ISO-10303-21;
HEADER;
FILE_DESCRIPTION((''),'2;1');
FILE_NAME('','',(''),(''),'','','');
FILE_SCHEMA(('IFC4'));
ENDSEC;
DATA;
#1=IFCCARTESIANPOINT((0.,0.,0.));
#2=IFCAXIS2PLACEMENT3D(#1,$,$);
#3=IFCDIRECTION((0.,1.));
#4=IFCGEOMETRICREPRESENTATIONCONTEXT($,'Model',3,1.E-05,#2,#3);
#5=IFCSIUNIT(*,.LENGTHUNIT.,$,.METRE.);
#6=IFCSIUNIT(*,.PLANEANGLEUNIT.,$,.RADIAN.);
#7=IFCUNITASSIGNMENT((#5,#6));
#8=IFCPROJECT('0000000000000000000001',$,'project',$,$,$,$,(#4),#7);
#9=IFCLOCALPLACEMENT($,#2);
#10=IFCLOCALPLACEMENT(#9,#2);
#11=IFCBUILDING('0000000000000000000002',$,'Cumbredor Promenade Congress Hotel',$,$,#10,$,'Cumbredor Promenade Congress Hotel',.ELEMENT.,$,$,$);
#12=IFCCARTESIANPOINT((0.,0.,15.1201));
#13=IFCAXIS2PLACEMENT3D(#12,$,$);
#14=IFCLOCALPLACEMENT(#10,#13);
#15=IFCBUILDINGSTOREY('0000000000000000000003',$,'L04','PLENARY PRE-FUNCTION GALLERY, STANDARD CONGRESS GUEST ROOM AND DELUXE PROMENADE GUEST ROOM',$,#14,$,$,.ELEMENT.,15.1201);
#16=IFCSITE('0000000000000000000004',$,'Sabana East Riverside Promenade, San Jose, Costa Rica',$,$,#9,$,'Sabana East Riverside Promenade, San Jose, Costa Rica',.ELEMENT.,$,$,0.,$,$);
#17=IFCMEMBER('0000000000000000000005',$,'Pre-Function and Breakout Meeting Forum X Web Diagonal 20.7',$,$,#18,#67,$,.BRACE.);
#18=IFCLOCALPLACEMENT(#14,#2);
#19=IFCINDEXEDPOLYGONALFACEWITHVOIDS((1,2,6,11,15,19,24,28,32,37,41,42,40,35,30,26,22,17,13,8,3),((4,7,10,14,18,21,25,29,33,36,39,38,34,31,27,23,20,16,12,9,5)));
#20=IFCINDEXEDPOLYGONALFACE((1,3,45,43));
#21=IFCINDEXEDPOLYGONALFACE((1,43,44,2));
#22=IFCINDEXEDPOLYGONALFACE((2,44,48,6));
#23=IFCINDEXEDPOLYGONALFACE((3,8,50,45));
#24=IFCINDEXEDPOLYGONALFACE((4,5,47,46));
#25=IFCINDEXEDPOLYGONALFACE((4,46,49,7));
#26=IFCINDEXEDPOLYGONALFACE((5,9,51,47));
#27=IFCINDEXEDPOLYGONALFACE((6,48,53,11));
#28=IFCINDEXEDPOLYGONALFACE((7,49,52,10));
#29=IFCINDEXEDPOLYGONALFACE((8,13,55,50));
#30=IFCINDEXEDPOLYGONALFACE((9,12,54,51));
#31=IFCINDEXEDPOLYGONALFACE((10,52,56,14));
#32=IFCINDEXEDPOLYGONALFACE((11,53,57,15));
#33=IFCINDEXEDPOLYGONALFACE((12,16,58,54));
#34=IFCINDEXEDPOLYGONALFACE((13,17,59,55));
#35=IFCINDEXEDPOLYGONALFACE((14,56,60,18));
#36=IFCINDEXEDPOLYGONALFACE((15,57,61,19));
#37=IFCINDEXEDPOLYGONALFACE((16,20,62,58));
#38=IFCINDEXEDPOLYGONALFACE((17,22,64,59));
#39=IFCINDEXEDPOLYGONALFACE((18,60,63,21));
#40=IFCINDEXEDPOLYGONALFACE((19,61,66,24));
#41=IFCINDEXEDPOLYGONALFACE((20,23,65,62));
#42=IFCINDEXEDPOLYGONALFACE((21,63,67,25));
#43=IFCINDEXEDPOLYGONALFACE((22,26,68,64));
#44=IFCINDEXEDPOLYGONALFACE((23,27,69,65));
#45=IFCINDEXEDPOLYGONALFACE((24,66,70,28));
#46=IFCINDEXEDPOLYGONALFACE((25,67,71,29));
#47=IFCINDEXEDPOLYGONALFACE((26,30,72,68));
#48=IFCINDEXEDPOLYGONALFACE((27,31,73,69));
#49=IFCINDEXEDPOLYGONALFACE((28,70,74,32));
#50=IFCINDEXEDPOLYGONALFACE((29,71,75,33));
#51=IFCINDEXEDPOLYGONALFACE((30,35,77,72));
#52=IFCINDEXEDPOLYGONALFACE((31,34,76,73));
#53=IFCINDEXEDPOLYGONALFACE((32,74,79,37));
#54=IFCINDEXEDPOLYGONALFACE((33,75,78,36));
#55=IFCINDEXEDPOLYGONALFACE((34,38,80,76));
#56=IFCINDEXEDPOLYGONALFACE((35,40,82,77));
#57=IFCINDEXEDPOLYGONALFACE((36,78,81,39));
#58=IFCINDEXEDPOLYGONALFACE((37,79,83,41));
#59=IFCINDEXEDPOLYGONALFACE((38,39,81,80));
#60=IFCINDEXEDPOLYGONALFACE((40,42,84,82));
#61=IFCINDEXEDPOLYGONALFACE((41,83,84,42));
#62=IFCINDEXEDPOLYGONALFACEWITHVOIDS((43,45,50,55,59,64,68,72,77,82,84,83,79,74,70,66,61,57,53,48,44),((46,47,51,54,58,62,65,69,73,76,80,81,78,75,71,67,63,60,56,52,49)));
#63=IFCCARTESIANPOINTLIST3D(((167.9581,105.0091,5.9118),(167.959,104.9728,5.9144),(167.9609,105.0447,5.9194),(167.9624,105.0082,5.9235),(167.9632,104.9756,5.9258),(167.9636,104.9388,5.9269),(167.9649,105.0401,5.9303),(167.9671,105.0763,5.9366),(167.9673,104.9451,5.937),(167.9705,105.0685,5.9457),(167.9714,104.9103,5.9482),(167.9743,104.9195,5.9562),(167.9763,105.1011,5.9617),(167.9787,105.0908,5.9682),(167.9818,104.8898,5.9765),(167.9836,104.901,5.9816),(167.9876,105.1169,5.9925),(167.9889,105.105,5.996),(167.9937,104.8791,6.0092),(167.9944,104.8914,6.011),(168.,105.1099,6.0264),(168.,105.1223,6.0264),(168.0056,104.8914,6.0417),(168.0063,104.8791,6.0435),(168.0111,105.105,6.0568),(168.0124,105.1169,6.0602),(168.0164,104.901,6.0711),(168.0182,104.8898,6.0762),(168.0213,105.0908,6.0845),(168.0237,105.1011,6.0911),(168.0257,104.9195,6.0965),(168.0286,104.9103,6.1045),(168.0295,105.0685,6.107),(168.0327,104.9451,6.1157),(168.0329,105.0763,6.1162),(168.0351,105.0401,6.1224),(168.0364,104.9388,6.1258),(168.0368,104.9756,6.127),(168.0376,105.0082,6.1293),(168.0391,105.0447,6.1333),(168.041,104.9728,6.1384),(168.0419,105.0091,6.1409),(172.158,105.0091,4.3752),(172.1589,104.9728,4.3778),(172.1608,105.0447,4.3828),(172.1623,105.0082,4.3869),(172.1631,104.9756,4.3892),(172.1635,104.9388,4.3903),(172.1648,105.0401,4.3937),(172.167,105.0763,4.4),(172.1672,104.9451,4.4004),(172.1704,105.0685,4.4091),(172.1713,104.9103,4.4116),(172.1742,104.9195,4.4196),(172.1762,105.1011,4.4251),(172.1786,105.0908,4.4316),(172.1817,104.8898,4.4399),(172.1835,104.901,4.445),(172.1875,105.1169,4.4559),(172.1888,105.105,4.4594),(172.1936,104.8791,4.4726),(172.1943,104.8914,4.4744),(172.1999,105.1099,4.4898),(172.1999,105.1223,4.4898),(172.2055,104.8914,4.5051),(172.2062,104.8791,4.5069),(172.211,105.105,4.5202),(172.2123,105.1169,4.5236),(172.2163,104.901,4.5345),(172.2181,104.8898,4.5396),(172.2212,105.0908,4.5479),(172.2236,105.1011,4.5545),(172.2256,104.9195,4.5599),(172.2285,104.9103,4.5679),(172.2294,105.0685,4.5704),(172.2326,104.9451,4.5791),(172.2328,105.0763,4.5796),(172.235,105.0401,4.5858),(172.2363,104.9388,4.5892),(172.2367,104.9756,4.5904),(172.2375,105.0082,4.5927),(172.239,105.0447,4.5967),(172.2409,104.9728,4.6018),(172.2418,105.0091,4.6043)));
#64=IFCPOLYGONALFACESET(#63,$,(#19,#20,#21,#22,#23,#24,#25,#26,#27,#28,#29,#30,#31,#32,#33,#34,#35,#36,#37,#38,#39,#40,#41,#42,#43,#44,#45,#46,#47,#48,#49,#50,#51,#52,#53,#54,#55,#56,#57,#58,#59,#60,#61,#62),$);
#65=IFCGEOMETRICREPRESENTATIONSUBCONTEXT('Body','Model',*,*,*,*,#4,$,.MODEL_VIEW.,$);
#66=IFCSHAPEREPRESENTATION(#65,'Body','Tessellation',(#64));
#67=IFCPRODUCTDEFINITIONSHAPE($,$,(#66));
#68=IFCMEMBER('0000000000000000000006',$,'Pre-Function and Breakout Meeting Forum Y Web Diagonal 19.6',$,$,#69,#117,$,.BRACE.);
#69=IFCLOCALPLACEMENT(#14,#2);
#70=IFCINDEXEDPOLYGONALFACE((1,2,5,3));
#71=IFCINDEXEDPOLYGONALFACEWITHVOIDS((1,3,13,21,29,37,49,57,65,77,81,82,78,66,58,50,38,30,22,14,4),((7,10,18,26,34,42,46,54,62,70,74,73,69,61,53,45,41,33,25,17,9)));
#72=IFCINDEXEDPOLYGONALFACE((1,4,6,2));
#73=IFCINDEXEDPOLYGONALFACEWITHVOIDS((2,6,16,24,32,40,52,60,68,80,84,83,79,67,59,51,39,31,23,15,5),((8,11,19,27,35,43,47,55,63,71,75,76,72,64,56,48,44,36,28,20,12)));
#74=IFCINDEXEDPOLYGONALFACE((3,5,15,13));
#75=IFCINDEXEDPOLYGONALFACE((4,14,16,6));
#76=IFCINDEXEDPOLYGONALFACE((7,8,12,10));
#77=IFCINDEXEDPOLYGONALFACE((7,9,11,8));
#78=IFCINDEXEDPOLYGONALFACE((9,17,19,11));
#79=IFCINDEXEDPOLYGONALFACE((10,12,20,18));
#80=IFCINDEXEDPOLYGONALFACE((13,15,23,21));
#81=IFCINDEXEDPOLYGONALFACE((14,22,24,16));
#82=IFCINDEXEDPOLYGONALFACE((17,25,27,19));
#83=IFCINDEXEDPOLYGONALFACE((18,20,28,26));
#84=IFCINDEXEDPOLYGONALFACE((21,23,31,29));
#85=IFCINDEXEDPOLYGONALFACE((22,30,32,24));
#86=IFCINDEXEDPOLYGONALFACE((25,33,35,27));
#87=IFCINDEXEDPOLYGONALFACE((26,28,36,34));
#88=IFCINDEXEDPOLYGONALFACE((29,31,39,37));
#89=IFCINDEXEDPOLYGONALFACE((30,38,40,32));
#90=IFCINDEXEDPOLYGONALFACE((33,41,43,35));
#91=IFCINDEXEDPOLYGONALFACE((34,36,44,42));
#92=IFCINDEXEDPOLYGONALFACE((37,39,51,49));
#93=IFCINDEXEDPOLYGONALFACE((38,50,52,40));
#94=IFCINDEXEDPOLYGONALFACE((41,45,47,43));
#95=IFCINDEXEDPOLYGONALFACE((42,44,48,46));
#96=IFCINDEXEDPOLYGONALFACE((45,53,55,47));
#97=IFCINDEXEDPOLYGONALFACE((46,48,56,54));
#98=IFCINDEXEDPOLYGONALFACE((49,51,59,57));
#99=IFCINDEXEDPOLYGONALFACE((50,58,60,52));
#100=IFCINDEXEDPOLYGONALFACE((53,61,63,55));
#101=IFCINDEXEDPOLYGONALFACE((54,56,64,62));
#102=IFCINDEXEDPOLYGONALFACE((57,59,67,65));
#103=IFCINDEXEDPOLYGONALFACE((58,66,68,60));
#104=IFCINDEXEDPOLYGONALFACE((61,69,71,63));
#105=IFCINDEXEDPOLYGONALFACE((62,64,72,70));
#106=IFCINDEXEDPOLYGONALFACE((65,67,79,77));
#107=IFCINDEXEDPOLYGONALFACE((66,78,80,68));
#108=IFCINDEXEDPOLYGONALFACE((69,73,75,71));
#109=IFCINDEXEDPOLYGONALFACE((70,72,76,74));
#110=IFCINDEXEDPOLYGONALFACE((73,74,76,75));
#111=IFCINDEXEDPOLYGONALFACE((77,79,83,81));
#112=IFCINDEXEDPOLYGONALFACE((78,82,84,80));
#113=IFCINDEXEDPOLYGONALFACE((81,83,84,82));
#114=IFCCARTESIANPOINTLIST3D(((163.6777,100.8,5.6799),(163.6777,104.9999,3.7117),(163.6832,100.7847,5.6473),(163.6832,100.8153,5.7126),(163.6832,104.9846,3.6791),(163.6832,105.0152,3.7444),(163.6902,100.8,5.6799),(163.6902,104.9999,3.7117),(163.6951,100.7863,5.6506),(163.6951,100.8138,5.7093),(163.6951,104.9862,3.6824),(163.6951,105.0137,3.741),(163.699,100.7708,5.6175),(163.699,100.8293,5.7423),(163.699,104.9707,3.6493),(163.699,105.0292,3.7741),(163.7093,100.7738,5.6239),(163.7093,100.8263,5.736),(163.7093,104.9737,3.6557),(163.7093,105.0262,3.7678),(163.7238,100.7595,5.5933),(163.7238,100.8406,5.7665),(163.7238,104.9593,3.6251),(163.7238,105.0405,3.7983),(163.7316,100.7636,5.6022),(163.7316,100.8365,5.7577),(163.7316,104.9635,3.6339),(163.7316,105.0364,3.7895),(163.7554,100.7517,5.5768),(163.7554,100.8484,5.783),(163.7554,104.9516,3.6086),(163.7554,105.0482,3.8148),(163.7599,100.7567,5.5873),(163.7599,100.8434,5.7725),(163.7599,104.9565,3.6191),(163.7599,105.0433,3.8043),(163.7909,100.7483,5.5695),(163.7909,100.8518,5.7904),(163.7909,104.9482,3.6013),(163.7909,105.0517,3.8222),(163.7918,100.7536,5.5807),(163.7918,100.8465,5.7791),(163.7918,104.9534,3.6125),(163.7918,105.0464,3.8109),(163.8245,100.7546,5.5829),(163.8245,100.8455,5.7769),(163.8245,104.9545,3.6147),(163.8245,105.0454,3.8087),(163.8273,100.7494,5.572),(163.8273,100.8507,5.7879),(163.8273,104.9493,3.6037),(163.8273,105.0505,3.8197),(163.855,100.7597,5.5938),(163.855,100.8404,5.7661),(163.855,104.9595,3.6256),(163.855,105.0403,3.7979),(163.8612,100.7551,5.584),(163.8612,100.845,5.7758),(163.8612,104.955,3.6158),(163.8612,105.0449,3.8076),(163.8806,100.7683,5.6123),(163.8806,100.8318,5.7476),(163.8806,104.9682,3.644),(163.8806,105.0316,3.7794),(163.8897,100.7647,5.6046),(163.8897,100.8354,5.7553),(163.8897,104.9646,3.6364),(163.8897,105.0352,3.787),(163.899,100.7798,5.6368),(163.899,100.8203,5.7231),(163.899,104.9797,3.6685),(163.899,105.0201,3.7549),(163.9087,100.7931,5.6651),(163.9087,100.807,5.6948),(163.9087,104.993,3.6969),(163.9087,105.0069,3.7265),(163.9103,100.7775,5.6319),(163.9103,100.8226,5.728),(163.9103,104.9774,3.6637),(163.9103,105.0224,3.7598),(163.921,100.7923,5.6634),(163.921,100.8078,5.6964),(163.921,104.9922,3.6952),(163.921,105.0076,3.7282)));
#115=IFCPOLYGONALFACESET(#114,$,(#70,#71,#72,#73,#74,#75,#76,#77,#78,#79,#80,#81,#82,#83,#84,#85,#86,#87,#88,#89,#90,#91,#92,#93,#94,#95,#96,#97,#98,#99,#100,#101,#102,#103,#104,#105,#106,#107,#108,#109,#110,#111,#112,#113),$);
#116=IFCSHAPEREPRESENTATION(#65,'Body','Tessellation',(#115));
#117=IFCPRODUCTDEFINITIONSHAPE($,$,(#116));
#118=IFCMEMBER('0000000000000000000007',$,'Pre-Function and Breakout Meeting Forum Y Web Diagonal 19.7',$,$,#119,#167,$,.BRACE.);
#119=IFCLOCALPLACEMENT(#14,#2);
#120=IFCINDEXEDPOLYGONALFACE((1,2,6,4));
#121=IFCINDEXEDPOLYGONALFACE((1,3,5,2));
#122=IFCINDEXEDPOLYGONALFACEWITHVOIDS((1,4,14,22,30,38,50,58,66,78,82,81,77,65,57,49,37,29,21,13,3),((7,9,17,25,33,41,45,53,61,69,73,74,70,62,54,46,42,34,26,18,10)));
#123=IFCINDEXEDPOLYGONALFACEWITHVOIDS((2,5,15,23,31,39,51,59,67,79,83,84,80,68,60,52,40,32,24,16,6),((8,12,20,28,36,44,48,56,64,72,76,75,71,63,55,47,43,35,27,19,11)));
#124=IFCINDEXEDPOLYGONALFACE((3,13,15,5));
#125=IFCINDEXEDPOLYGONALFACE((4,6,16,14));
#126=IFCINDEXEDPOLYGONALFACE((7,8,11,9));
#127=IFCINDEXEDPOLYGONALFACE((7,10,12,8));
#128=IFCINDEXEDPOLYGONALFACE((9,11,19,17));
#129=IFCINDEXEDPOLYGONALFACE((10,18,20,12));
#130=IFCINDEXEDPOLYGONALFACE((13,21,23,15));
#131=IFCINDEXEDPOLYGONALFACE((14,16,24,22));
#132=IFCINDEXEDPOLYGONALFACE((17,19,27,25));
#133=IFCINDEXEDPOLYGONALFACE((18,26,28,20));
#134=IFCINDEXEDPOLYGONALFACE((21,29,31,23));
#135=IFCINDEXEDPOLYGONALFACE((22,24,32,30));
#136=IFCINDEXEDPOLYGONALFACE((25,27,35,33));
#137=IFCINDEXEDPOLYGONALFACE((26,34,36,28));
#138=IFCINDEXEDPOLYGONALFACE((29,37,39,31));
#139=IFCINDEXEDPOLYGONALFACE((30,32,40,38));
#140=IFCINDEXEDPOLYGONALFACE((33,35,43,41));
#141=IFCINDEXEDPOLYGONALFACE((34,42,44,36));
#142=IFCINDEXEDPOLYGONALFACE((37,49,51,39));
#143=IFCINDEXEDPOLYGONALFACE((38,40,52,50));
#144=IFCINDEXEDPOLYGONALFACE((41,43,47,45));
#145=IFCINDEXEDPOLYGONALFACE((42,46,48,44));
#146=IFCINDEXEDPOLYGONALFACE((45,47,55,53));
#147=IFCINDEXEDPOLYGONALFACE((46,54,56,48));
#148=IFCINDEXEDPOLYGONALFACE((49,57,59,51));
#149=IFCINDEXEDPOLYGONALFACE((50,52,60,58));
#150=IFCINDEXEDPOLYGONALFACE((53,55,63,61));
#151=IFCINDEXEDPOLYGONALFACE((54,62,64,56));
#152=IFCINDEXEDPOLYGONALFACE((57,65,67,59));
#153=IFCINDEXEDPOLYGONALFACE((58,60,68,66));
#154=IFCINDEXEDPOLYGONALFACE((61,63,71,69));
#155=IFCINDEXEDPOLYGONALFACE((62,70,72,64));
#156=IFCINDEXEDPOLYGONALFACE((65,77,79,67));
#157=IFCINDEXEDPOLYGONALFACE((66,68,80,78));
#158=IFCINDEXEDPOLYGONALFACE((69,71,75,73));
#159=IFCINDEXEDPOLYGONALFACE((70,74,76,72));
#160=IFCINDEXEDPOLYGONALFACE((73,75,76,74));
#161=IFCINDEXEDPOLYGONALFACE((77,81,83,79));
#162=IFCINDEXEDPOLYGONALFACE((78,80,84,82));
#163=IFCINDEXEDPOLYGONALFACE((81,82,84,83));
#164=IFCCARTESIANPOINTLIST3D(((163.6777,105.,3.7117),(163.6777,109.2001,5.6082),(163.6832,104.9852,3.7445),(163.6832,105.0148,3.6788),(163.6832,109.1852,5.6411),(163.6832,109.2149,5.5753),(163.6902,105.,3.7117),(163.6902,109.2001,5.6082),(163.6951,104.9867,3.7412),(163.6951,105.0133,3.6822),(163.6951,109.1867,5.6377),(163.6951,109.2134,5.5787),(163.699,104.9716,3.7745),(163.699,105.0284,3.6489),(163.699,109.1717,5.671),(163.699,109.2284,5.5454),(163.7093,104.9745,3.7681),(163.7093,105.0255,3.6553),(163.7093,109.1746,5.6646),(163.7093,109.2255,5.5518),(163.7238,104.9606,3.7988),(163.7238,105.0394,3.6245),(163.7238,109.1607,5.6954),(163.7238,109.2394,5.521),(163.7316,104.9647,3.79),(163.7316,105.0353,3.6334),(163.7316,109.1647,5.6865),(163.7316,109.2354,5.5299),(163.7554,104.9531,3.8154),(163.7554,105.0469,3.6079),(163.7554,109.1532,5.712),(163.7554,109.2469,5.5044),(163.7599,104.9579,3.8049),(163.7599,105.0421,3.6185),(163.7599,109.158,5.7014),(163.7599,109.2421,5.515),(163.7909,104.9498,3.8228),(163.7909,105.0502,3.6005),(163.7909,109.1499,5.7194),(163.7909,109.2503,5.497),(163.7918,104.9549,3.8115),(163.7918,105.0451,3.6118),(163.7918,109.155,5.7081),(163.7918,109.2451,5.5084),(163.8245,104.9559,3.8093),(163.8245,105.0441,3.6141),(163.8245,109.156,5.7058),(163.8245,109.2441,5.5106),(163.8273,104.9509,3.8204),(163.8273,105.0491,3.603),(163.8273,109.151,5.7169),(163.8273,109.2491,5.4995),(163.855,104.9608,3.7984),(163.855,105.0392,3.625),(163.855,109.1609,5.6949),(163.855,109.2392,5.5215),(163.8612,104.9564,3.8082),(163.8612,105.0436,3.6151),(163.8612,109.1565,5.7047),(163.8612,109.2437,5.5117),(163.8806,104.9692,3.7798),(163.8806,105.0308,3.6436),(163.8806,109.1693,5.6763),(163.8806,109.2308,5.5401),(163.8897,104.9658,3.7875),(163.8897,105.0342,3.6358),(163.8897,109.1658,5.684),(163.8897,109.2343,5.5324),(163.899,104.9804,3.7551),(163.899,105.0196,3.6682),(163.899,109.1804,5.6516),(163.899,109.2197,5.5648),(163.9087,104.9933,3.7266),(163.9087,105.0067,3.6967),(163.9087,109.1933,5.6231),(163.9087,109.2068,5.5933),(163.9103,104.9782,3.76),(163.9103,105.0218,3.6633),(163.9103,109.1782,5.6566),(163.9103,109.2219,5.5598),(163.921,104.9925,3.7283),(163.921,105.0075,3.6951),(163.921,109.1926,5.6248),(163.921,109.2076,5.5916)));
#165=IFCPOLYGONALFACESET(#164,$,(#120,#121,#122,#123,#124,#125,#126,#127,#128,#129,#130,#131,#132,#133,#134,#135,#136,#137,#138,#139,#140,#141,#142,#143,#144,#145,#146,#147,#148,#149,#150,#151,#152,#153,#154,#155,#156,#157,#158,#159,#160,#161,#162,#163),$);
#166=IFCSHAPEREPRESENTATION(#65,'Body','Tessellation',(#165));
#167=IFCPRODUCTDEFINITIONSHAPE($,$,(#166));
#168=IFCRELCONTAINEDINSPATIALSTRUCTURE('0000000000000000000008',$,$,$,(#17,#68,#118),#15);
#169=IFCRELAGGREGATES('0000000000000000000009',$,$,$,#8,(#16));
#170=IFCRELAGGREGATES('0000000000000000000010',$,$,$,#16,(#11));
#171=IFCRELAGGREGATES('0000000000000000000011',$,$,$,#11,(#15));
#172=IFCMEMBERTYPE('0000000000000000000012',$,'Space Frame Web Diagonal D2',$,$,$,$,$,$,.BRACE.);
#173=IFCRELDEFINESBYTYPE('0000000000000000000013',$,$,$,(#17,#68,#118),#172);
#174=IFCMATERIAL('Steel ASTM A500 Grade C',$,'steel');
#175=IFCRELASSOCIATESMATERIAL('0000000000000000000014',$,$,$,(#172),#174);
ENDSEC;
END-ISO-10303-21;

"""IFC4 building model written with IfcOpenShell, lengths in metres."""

from ifc_helpers import new_model, si_unit, direction, frame, origin, origin_2d, place, context, subcontext, project, spatial, hollow_circle, extrude, material, material_profile, profile_set, type_object, element, save


model = new_model("IFC4")

# Units and contexts
model_context = context("Model", 3, precision=1e-05, world=origin(), true_north=direction((0.0, 1.0)))
body_context = subcontext(model_context, "Body", "Model", "MODEL_VIEW")
ifc_project = project(units=[si_unit("LENGTHUNIT", "METRE"), si_unit("PLANEANGLEUNIT", "RADIAN")], contexts=[model_context])

# Site, building, storey
site_placement = place(None, origin())
site = spatial("IfcSite", under=ifc_project, at=site_placement, Name="Sabana East Riverside Promenade, San Jose, Costa Rica", LongName="Sabana East Riverside Promenade, San Jose, Costa Rica", CompositionType="ELEMENT", RefElevation=0.0)
building_placement = place(site_placement, origin())
building = spatial("IfcBuilding", under=site, at=building_placement, Name="Cumbredor Promenade Congress Hotel", LongName="Cumbredor Promenade Congress Hotel", CompositionType="ELEMENT")
storey_placement = place(building_placement, frame((0.0, 0.0, 15.1201)))
storey = spatial("IfcBuildingStorey", under=building, at=storey_placement, Name="L04", Description="PLENARY PRE-FUNCTION GALLERY, STANDARD CONGRESS GUEST ROOM AND DELUXE PROMENADE GUEST ROOM", CompositionType="ELEMENT", Elevation=15.1201)

# Members
ifc_material_1 = material(Name="Steel ASTM A500 Grade C", Category="steel")
ifc_material_profile_1 = material_profile(ifc_material_1, hollow_circle(Radius=0.1223, WallThickness=0.0125, at=origin_2d()), Name="CHS 244.5x12.5")
ifc_profile_set_1 = profile_set([ifc_material_profile_1], Name="Steel ASTM A500 Grade C")
member_type_1 = type_object("IfcMemberType", Name="Space Frame Web Diagonal D2", PredefinedType="BRACE", material=ifc_profile_set_1)
member_1_placement = place(storey_placement, frame((168.0, 105.0, 6.0264), z_axis=(0.939119, 0.0, -0.343592), x_axis=(0.0, 1.0, 0.0)))
element("IfcMember", 1, at=member_1_placement, inside=storey, type_object=member_type_1, Name="Pre-Function and Breakout Meeting Forum X Web Diagonal 20.7", PredefinedType="BRACE", context=body_context, shape_type="SweptSolid", body=[
    extrude(hollow_circle(Radius=0.1223, WallThickness=0.0125, at=origin_2d()), origin(), (0.0, 0.0, 1.0), 4.4722),
])
member_2_placement = place(storey_placement, frame((163.8, 100.8, 5.6799), z_axis=(0.0, 0.905497, -0.424352), x_axis=(-1.0, 0.0, 0.0)))
element("IfcMember", 2, at=member_2_placement, inside=storey, type_object=member_type_1, Name="Pre-Function and Breakout Meeting Forum Y Web Diagonal 19.6", PredefinedType="BRACE", context=body_context, shape_type="SweptSolid", body=[
    extrude(hollow_circle(Radius=0.1223, WallThickness=0.0125, at=origin_2d()), origin(), (0.0, 0.0, 1.0), 4.6382),
])
member_3_placement = place(storey_placement, frame((163.8, 105.0, 3.7117), z_axis=(0.0, 0.911392, 0.411538), x_axis=(-1.0, 0.0, 0.0)))
element("IfcMember", 3, at=member_3_placement, inside=storey, type_object=member_type_1, Name="Pre-Function and Breakout Meeting Forum Y Web Diagonal 19.7", PredefinedType="BRACE", context=body_context, shape_type="SweptSolid", body=[
    extrude(hollow_circle(Radius=0.1223, WallThickness=0.0125, at=origin_2d()), origin(), (0.0, 0.0, 1.0), 4.6084),
])

save(model, "model.ifc")
